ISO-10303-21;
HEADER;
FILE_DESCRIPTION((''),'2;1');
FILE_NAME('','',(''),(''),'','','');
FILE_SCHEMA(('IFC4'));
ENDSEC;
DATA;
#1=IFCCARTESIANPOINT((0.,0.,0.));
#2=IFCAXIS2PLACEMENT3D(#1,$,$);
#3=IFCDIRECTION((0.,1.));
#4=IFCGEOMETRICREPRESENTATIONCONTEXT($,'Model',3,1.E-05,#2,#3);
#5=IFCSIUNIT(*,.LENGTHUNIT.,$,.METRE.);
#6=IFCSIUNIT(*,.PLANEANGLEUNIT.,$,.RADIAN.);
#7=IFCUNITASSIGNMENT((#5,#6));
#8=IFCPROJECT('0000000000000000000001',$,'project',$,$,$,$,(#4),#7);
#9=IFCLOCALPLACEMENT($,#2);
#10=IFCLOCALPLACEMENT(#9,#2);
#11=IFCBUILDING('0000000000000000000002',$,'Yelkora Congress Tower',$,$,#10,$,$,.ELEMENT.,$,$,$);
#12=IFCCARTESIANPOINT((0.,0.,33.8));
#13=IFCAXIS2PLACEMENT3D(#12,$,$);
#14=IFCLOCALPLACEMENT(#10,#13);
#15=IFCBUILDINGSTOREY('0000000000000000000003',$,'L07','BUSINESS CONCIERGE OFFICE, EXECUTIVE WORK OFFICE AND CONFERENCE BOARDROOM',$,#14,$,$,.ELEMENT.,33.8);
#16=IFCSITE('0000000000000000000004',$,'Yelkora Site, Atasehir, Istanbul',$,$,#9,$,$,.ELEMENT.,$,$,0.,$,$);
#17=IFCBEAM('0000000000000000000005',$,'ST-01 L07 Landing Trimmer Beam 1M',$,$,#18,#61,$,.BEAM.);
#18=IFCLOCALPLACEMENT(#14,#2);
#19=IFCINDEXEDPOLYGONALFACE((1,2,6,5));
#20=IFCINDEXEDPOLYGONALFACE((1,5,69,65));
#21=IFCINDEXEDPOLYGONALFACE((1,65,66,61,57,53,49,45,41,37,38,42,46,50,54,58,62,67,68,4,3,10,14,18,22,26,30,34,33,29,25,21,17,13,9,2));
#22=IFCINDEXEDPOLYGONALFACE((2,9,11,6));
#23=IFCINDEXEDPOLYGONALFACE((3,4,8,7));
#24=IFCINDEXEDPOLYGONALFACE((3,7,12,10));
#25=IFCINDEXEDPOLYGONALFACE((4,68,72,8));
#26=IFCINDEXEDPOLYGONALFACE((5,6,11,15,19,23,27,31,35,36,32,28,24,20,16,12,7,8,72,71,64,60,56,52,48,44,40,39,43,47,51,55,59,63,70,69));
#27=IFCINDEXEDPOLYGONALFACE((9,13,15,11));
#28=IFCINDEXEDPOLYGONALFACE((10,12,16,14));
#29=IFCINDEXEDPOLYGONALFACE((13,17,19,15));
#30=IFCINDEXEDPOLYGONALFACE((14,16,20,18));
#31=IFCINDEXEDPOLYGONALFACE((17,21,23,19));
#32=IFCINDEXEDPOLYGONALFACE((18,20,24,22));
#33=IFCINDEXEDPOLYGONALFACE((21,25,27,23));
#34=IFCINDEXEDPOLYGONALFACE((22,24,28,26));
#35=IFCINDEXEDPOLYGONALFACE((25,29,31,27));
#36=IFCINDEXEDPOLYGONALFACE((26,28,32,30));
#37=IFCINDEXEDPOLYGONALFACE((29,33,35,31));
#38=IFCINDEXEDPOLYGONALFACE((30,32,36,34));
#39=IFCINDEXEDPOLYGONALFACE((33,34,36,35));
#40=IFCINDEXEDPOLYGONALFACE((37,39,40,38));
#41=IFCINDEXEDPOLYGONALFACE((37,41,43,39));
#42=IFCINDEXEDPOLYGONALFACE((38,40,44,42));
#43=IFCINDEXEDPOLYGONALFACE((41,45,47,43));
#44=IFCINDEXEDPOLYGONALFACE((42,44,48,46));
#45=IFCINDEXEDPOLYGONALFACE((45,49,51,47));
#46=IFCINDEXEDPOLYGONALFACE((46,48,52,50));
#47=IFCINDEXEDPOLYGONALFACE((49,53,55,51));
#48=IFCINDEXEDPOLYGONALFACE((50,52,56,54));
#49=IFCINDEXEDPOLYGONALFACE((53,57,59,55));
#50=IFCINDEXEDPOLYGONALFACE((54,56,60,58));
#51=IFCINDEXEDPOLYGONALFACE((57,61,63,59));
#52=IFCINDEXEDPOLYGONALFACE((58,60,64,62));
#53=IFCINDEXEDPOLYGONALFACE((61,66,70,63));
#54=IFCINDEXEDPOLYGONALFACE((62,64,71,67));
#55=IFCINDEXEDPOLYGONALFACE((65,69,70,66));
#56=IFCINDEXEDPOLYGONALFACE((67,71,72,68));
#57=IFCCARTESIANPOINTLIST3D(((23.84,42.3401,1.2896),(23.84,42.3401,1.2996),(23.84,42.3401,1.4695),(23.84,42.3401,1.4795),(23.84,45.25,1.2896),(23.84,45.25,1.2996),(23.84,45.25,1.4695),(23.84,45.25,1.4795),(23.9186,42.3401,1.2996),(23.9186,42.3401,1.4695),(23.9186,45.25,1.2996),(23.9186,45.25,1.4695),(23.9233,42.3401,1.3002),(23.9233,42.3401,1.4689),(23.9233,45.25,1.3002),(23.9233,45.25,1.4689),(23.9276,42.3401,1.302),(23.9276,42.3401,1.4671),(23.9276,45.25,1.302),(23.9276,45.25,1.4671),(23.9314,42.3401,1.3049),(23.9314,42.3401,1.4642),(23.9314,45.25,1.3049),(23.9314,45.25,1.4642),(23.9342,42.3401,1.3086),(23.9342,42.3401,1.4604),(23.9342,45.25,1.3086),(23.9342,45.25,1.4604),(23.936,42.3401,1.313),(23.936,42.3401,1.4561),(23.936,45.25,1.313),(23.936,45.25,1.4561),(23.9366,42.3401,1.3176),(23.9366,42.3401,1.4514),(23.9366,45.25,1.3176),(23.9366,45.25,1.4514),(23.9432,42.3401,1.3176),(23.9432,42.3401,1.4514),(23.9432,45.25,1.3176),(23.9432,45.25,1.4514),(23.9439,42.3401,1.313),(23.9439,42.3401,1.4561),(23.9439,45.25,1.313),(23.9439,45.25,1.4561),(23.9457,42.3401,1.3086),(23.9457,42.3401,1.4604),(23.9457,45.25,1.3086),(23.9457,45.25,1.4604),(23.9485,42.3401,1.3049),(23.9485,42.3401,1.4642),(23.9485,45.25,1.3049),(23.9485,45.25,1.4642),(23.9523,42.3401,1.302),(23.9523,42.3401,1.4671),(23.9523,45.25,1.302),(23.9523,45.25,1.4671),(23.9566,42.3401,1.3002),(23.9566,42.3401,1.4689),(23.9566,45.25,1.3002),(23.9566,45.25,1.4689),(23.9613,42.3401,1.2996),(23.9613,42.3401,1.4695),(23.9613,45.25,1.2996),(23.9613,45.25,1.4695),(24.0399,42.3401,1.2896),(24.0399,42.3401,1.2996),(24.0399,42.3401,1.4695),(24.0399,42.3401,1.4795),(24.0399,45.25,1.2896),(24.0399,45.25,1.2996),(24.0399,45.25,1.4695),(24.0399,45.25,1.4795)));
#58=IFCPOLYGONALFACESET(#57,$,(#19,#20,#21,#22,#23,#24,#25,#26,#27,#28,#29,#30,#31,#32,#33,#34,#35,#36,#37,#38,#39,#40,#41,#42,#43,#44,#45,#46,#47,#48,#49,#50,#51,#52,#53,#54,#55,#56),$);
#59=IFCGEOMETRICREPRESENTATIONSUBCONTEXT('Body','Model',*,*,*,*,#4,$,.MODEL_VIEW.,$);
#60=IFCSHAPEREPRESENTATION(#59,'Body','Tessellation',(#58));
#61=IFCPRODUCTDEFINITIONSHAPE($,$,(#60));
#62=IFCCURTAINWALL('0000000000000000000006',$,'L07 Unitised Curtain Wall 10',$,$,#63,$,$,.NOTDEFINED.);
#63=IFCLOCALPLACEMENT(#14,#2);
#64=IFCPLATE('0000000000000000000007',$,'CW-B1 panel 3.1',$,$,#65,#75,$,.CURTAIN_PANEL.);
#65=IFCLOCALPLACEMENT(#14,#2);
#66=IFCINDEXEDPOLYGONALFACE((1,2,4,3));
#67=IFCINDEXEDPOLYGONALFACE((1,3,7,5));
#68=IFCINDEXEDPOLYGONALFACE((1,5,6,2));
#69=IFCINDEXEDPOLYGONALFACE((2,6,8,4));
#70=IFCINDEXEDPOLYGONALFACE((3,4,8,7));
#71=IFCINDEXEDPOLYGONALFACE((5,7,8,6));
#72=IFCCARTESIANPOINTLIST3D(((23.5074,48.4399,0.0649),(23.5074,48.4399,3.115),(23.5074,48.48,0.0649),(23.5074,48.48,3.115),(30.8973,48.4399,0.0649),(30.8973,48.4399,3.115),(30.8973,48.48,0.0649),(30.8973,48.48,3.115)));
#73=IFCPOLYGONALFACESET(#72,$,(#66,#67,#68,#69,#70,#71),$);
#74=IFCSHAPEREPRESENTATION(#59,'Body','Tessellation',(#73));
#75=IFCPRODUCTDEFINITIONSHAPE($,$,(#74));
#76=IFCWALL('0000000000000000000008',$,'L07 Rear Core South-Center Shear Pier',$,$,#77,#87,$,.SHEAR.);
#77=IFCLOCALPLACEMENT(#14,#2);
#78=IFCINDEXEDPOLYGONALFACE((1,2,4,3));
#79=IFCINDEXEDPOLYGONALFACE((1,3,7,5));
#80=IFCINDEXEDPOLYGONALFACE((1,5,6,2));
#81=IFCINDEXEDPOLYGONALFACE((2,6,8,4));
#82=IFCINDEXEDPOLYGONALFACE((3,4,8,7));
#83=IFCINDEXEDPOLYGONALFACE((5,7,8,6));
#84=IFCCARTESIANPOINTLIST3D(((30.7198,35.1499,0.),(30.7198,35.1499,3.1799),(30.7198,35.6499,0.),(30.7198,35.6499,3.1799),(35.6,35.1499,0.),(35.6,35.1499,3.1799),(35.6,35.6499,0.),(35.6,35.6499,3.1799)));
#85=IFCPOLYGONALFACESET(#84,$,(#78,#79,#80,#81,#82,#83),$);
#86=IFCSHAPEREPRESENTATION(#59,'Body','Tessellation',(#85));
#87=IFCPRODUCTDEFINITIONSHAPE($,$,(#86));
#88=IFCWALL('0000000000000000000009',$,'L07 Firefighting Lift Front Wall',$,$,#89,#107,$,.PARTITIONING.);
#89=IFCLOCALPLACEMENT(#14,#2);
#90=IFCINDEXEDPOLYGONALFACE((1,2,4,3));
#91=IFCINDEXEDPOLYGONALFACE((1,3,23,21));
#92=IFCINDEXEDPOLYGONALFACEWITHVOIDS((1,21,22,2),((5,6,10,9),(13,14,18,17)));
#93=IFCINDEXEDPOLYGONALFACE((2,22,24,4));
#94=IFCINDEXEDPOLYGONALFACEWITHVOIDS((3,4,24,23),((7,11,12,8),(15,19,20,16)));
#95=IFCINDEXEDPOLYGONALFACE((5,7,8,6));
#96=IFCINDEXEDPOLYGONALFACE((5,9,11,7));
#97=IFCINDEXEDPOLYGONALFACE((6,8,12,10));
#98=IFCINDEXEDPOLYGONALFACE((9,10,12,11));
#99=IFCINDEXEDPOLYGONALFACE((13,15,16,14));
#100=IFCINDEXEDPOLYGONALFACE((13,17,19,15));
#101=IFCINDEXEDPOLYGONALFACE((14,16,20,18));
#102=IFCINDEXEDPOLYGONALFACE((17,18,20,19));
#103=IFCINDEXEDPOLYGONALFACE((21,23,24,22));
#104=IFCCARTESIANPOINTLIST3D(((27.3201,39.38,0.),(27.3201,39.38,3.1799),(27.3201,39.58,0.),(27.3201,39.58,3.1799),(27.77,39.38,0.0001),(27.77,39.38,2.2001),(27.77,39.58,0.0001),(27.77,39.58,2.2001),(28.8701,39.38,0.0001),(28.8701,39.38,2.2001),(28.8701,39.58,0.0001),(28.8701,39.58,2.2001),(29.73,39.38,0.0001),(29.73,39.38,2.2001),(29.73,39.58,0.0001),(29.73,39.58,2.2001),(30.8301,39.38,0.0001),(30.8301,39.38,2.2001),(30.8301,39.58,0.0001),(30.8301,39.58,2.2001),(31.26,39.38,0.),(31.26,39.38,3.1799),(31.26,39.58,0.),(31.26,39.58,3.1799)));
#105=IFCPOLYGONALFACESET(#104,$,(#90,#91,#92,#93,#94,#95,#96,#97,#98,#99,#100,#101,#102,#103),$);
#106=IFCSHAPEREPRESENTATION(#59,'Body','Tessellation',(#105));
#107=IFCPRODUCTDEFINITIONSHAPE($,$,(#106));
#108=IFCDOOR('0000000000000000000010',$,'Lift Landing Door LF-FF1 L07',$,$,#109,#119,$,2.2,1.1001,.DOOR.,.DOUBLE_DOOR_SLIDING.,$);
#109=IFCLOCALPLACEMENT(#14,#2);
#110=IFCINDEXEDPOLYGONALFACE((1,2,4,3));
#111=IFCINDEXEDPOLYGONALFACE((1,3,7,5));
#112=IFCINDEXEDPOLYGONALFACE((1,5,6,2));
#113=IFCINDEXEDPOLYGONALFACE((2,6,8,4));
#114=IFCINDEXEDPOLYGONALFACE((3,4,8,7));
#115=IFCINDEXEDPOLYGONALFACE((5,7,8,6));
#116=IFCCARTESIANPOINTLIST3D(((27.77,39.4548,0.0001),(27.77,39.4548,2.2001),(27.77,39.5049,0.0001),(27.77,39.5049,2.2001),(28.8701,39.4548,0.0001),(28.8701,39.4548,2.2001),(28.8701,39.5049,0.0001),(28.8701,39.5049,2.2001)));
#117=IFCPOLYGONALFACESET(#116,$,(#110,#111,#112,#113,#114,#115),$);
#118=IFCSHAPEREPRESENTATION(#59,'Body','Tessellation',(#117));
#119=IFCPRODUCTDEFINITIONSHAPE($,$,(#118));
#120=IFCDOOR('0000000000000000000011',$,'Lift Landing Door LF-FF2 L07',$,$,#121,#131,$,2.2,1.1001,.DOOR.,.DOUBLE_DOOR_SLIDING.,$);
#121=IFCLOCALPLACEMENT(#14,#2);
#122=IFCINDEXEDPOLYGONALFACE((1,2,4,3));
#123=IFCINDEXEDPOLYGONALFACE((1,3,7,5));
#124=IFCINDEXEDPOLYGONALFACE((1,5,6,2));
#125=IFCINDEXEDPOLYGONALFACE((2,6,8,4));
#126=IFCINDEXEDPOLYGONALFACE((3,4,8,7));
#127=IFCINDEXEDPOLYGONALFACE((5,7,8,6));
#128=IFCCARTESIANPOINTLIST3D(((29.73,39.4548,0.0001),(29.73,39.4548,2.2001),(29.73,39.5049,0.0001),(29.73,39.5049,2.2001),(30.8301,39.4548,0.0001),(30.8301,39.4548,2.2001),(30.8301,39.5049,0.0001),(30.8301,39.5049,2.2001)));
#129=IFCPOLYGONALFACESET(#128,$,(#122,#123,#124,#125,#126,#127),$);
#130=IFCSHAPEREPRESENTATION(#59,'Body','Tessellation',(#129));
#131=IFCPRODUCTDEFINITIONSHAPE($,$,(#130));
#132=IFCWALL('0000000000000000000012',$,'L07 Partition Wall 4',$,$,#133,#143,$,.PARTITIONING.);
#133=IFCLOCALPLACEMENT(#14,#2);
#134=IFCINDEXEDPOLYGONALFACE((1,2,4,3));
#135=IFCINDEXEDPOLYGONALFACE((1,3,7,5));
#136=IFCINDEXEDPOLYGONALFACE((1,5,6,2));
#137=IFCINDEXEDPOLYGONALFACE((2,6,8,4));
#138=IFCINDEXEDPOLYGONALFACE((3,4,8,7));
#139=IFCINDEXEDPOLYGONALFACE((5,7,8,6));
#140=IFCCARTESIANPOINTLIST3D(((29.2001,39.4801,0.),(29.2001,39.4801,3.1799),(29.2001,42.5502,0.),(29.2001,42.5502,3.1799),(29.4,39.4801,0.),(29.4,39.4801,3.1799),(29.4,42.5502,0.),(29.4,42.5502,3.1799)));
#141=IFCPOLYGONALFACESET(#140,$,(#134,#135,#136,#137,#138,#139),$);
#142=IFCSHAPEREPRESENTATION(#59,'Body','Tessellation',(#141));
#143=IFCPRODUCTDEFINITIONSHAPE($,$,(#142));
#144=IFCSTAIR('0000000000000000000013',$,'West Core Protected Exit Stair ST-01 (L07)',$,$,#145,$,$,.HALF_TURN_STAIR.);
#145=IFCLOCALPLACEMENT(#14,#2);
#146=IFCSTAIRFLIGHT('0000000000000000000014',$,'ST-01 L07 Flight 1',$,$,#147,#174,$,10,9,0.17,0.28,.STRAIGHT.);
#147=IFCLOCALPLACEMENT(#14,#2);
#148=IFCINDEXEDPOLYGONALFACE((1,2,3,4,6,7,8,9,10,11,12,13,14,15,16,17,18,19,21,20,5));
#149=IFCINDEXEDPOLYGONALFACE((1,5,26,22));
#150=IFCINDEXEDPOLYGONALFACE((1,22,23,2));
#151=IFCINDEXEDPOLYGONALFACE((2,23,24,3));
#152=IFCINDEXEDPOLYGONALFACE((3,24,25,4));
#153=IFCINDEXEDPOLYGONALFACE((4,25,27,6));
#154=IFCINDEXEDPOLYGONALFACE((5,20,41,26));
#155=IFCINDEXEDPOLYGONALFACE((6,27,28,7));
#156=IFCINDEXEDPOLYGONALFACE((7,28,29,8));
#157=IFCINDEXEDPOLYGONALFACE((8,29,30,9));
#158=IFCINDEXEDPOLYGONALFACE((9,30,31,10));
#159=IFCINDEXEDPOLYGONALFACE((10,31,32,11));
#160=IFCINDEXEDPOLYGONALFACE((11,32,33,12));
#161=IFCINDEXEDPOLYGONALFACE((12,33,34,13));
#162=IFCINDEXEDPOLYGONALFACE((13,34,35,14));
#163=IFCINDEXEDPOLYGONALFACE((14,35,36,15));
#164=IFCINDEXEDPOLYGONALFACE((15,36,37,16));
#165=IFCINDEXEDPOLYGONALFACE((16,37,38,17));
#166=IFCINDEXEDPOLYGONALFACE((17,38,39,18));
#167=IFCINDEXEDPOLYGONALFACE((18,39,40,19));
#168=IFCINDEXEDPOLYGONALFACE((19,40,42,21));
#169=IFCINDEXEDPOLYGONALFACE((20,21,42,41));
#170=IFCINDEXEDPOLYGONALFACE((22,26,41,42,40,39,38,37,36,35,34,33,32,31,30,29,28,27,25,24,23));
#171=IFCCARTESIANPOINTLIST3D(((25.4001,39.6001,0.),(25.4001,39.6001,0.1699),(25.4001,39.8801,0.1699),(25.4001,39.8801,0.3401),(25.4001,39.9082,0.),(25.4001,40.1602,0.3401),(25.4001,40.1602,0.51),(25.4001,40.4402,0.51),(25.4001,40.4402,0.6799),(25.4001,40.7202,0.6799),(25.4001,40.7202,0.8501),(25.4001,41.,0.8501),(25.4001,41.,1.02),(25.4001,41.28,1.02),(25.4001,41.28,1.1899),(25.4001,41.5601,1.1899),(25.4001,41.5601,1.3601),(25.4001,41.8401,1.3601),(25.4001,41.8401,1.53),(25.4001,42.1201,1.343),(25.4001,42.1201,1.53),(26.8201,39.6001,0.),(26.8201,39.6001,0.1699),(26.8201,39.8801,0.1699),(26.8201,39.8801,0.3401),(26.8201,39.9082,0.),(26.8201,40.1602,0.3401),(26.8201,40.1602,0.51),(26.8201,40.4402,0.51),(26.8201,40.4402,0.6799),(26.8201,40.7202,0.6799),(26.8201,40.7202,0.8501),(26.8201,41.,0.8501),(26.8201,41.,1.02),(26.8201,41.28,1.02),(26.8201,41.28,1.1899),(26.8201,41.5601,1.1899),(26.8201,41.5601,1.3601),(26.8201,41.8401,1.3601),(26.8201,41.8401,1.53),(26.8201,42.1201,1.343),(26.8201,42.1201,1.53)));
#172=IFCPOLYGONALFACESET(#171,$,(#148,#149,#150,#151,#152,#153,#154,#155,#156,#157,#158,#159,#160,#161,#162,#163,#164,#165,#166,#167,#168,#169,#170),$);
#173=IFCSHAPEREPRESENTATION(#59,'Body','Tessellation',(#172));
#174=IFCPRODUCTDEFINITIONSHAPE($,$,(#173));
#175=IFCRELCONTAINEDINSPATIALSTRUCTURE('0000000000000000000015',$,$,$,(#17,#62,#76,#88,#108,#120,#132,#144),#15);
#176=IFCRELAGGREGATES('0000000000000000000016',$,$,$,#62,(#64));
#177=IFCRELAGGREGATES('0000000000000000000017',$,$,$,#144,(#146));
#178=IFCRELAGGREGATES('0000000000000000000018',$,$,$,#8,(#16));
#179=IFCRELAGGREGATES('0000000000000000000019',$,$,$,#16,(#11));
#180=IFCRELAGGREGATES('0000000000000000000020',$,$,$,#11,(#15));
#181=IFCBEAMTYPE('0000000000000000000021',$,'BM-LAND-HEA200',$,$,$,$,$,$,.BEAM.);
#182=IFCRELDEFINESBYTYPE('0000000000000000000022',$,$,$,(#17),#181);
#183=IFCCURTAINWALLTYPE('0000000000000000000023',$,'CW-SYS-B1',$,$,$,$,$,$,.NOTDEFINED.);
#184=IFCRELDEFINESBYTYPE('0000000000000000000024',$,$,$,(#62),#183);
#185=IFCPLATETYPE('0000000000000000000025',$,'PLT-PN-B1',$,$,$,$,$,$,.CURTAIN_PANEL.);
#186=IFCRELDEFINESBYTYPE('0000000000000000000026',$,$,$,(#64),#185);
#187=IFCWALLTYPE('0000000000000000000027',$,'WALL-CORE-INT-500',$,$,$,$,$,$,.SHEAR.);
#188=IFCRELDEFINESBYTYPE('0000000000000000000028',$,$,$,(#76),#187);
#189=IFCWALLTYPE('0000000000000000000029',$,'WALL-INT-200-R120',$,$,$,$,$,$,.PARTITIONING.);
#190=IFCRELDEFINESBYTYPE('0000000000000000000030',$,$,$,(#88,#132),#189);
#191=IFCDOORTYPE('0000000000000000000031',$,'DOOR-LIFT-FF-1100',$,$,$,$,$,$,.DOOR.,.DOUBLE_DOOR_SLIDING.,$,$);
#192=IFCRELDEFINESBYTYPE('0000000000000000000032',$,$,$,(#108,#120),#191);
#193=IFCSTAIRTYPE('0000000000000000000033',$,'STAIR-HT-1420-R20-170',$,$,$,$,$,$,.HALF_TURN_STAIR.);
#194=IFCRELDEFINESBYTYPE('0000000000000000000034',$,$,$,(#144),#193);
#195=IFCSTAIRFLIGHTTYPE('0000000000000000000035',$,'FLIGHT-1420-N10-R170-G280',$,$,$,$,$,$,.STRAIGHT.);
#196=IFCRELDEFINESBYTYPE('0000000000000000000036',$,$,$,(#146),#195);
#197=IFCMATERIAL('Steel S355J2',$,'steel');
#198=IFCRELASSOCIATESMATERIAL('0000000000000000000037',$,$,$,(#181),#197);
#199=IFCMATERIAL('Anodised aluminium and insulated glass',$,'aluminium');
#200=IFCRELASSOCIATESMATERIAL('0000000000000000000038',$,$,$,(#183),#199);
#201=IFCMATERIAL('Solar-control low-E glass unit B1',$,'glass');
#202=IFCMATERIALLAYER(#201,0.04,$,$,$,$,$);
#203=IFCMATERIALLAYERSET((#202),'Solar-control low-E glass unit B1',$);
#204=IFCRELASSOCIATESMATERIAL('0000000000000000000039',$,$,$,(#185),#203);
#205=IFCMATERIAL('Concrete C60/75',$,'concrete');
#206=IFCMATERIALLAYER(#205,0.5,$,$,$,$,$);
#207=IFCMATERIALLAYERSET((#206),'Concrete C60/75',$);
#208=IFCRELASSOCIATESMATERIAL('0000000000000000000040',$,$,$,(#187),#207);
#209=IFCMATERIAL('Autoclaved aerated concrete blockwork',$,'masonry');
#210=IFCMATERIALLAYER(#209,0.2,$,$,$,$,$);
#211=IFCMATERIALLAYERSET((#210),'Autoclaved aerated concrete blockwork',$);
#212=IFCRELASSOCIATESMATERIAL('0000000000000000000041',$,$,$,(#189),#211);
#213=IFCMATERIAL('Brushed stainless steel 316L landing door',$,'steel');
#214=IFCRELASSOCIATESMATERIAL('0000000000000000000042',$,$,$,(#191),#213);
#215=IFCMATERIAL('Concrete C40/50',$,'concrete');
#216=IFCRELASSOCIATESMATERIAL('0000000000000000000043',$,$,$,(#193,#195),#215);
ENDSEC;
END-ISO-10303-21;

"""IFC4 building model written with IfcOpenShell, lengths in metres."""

from ifc_helpers import new_model, si_unit, direction, frame, frame_2d, origin, origin_2d, place, context, subcontext, project, spatial, polyline, rectangle, i_section, outline, extrude, material, layer, layer_set, material_profile, profile_set, type_object, element, fill, aggregate, save


model = new_model("IFC4")

# Units and contexts
model_context = context("Model", 3, precision=1e-05, world=origin(), true_north=direction((0.0, 1.0)))
body_context = subcontext(model_context, "Body", "Model", "MODEL_VIEW")
ifc_project = project(units=[si_unit("LENGTHUNIT", "METRE"), si_unit("PLANEANGLEUNIT", "RADIAN")], contexts=[model_context])

# Site, building, storey
site_placement = place(None, origin())
site = spatial("IfcSite", under=ifc_project, at=site_placement, Name="Yelkora Site, Atasehir, Istanbul", CompositionType="ELEMENT", RefElevation=0.0)
building_placement = place(site_placement, origin())
building = spatial("IfcBuilding", under=site, at=building_placement, Name="Yelkora Congress Tower", CompositionType="ELEMENT")
storey_placement = place(building_placement, frame((0.0, 0.0, 33.8)))
storey = spatial("IfcBuildingStorey", under=building, at=storey_placement, Name="L07", Description="BUSINESS CONCIERGE OFFICE, EXECUTIVE WORK OFFICE AND CONFERENCE BOARDROOM", CompositionType="ELEMENT", Elevation=33.8)

# Beam
ifc_material_1 = material(Name="Steel S355J2", Category="steel")
ifc_material_profile = material_profile(ifc_material_1, i_section(OverallWidth=0.2, OverallDepth=0.1899, WebThickness=0.0066, FlangeThickness=0.01, FilletRadius=0.0181, at=origin_2d()), Name="HEA 200")
ifc_profile_set = profile_set([ifc_material_profile], Name="Steel S355J2")
beam_type = type_object("IfcBeamType", Name="BM-LAND-HEA200", PredefinedType="BEAM", material=ifc_profile_set)
beam_placement = place(storey_placement, frame((23.9399, 42.3401, 1.3845), z_axis=(0.0, 1.0, 0.0), x_axis=(-1.0, 0.0, 0.0)))
element("IfcBeam", 1, at=beam_placement, inside=storey, type_object=beam_type, Name="ST-01 L07 Landing Trimmer Beam 1M", PredefinedType="BEAM", context=body_context, shape_type="SweptSolid", body=[
    extrude(i_section(OverallWidth=0.2, OverallDepth=0.1899, WebThickness=0.0066, FlangeThickness=0.01, FilletRadius=0.0181, at=origin_2d()), origin(), (0.0, 0.0, 1.0), 2.9099),
])

# Curtain wall, plate
ifc_material_2 = material(Name="Anodised aluminium and insulated glass", Category="aluminium")
curtain_wall_type = type_object("IfcCurtainWallType", Name="CW-SYS-B1", PredefinedType="NOTDEFINED", material=ifc_material_2)
curtain_wall_placement = place(storey_placement, origin())
curtain_wall = element("IfcCurtainWall", 2, at=curtain_wall_placement, inside=storey, type_object=curtain_wall_type, Name="L07 Unitised Curtain Wall 10", PredefinedType="NOTDEFINED")
ifc_material_3 = material(Name="Solar-control low-E glass unit B1", Category="glass")
ifc_layer_1 = layer(ifc_material_3, 0.04)
ifc_layer_set_1 = layer_set([ifc_layer_1], Name="Solar-control low-E glass unit B1")
plate_type = type_object("IfcPlateType", Name="PLT-PN-B1", PredefinedType="CURTAIN_PANEL", material=ifc_layer_set_1)
plate_placement = place(storey_placement, frame((27.2024, 48.46, 0.0649), z_axis=(0.0, 0.0, 1.0), x_axis=(1.0, 0.0, 0.0)))
plate = element("IfcPlate", 3, at=plate_placement, type_object=plate_type, Name="CW-B1 panel 3.1", PredefinedType="CURTAIN_PANEL", context=body_context, shape_type="SweptSolid", body=[
    extrude(rectangle(XDim=7.3899, YDim=0.04, at=origin_2d()), origin(), (0.0, 0.0, 1.0), 3.05),
])
aggregate(curtain_wall, [plate])

# Wall
ifc_material_4 = material(Name="Concrete C60/75", Category="concrete")
ifc_layer_2 = layer(ifc_material_4, 0.5)
ifc_layer_set_2 = layer_set([ifc_layer_2], Name="Concrete C60/75")
wall_type_1 = type_object("IfcWallType", Name="WALL-CORE-INT-500", PredefinedType="SHEAR", material=ifc_layer_set_2)
wall_1_placement = place(storey_placement, frame((30.72, 35.3999, 0.0), z_axis=(0.0, 0.0, 1.0), x_axis=(1.0, 0.0, 0.0)))
element("IfcWall", 4, at=wall_1_placement, inside=storey, type_object=wall_type_1, Name="L07 Rear Core South-Center Shear Pier", PredefinedType="SHEAR", context=body_context, shape_type="SweptSolid", body=[
    extrude(rectangle(XDim=4.8801, YDim=0.5, at=frame_2d((2.4399, 0.0))), origin(), (0.0, 0.0, 1.0), 3.1799),
])

# Shared definitions
ifc_material_5 = material(Name="Autoclaved aerated concrete blockwork", Category="masonry")
ifc_layer_3 = layer(ifc_material_5, 0.2)
ifc_layer_set_3 = layer_set([ifc_layer_3], Name="Autoclaved aerated concrete blockwork")
wall_type_2 = type_object("IfcWallType", Name="WALL-INT-200-R120", PredefinedType="PARTITIONING", material=ifc_layer_set_3)

# Wall, openings, doors
wall_2_placement = place(storey_placement, frame((27.3201, 39.48, 0.0), z_axis=(0.0, 0.0, 1.0), x_axis=(1.0, 0.0, 0.0)))
wall_2 = element("IfcWall", 5, at=wall_2_placement, inside=storey, type_object=wall_type_2, Name="L07 Firefighting Lift Front Wall", PredefinedType="PARTITIONING", context=body_context, shape_type="SweptSolid", body=[
    extrude(rectangle(XDim=3.9399, YDim=0.2, at=frame_2d((1.97, 0.0))), origin(), (0.0, 0.0, 1.0), 3.1799),
])
opening_1_placement = place(wall_2_placement, frame((0.45, 0.0, 0.0)))
opening_1 = element("IfcOpeningElement", 6, at=opening_1_placement, cuts=wall_2, PredefinedType="OPENING", context=body_context, shape_type="SweptSolid", body=[
    extrude(rectangle(XDim=1.1001, YDim=2.2, at=frame_2d((0.55, 1.1001))), frame((0.0, 0.1099, 0.0), z_axis=(0.0, -1.0, 0.0), x_axis=(1.0, 0.0, 0.0)), (0.0, 0.0, 1.0), 0.22),
])
opening_2_placement = place(wall_2_placement, frame((2.4099, 0.0, 0.0)))
opening_2 = element("IfcOpeningElement", 7, at=opening_2_placement, cuts=wall_2, PredefinedType="OPENING", context=body_context, shape_type="SweptSolid", body=[
    extrude(rectangle(XDim=1.1001, YDim=2.2, at=frame_2d((0.55, 1.1001))), frame((0.0, 0.1099, 0.0), z_axis=(0.0, -1.0, 0.0), x_axis=(1.0, 0.0, 0.0)), (0.0, 0.0, 1.0), 0.22),
])
ifc_material_6 = material(Name="Brushed stainless steel 316L landing door", Category="steel")
door_type_1 = type_object("IfcDoorType", Name="DOOR-LIFT-FF-1100", OperationType="DOUBLE_DOOR_SLIDING", PredefinedType="DOOR", material=ifc_material_6)
door_1_placement = place(opening_1_placement, origin())
door_1 = element("IfcDoor", 8, at=door_1_placement, inside=storey, type_object=door_type_1, Name="Lift Landing Door LF-FF1 L07", OperationType="DOUBLE_DOOR_SLIDING", OverallHeight=2.2, OverallWidth=1.1001, PredefinedType="DOOR", context=body_context, shape_type="SweptSolid", body=[
    extrude(rectangle(XDim=1.1001, YDim=2.2, at=frame_2d((0.55, 1.1001))), frame((0.0, 0.0249, 0.0), z_axis=(0.0, -1.0, 0.0), x_axis=(1.0, 0.0, 0.0)), (0.0, 0.0, 1.0), 0.05),
])
fill(opening_1, door_1)
door_2_placement = place(opening_2_placement, origin())
door_2 = element("IfcDoor", 9, at=door_2_placement, inside=storey, type_object=door_type_1, Name="Lift Landing Door LF-FF2 L07", OperationType="DOUBLE_DOOR_SLIDING", OverallHeight=2.2, OverallWidth=1.1001, PredefinedType="DOOR", context=body_context, shape_type="SweptSolid", body=[
    extrude(rectangle(XDim=1.1001, YDim=2.2, at=frame_2d((0.55, 1.1001))), frame((0.0, 0.0249, 0.0), z_axis=(0.0, -1.0, 0.0), x_axis=(1.0, 0.0, 0.0)), (0.0, 0.0, 1.0), 0.05),
])
fill(opening_2, door_2)

# Wall
wall_3_placement = place(storey_placement, frame((29.3, 39.48, 0.0), z_axis=(0.0, 0.0, 1.0), x_axis=(0.0, 1.0, 0.0)))
element("IfcWall", 10, at=wall_3_placement, inside=storey, type_object=wall_type_2, Name="L07 Partition Wall 4", PredefinedType="PARTITIONING", context=body_context, shape_type="SweptSolid", body=[
    extrude(rectangle(XDim=3.0701, YDim=0.2, at=frame_2d((1.5352, 0.0))), origin(), (0.0, 0.0, 1.0), 3.1799),
])

# Stair, stair flight
ifc_material_7 = material(Name="Concrete C40/50", Category="concrete")
stair_type = type_object("IfcStairType", Name="STAIR-HT-1420-R20-170", PredefinedType="HALF_TURN_STAIR", material=ifc_material_7)
stair_placement = place(storey_placement, origin())
stair = element("IfcStair", 11, at=stair_placement, inside=storey, type_object=stair_type, Name="West Core Protected Exit Stair ST-01 (L07)", PredefinedType="HALF_TURN_STAIR")
stair_flight_type = type_object("IfcStairFlightType", Name="FLIGHT-1420-N10-R170-G280", PredefinedType="STRAIGHT", material=ifc_material_7)
stair_flight_1_placement = place(storey_placement, frame((26.1101, 39.6001, 0.0), z_axis=(0.0, 0.0, 1.0), x_axis=(0.0, 1.0, 0.0)))
stair_flight_1 = element("IfcStairFlight", 12, at=stair_flight_1_placement, type_object=stair_flight_type, Name="ST-01 L07 Flight 1", NumberOfRisers=10, NumberOfTreads=9, PredefinedType="STRAIGHT", RiserHeight=0.17, TreadLength=0.28, context=body_context, shape_type="SweptSolid", body=[
    extrude(outline(polyline([(0.0, 0.0), (0.0, 0.1699), (0.28, 0.1699), (0.28, 0.3401), (0.5601, 0.3401), (0.5601, 0.51), (0.8401, 0.51), (0.8401, 0.6799), (1.1201, 0.6799), (1.1201, 0.8501), (1.3999, 0.8501), (1.3999, 1.02), (1.6799, 1.02), (1.6799, 1.1899), (1.96, 1.1899), (1.96, 1.3601), (2.24, 1.3601), (2.24, 1.53), (2.52, 1.53), (2.52, 1.7), (2.52, 1.343), (0.3081, 0.0), (0.0, 0.0)])), frame((0.0, 0.71, 0.0), z_axis=(0.0, -1.0, 0.0), x_axis=(1.0, 0.0, 0.0)), (0.0, 0.0, 1.0), 1.4199),
])
aggregate(stair, [stair_flight_1])

save(model, "model.ifc")
